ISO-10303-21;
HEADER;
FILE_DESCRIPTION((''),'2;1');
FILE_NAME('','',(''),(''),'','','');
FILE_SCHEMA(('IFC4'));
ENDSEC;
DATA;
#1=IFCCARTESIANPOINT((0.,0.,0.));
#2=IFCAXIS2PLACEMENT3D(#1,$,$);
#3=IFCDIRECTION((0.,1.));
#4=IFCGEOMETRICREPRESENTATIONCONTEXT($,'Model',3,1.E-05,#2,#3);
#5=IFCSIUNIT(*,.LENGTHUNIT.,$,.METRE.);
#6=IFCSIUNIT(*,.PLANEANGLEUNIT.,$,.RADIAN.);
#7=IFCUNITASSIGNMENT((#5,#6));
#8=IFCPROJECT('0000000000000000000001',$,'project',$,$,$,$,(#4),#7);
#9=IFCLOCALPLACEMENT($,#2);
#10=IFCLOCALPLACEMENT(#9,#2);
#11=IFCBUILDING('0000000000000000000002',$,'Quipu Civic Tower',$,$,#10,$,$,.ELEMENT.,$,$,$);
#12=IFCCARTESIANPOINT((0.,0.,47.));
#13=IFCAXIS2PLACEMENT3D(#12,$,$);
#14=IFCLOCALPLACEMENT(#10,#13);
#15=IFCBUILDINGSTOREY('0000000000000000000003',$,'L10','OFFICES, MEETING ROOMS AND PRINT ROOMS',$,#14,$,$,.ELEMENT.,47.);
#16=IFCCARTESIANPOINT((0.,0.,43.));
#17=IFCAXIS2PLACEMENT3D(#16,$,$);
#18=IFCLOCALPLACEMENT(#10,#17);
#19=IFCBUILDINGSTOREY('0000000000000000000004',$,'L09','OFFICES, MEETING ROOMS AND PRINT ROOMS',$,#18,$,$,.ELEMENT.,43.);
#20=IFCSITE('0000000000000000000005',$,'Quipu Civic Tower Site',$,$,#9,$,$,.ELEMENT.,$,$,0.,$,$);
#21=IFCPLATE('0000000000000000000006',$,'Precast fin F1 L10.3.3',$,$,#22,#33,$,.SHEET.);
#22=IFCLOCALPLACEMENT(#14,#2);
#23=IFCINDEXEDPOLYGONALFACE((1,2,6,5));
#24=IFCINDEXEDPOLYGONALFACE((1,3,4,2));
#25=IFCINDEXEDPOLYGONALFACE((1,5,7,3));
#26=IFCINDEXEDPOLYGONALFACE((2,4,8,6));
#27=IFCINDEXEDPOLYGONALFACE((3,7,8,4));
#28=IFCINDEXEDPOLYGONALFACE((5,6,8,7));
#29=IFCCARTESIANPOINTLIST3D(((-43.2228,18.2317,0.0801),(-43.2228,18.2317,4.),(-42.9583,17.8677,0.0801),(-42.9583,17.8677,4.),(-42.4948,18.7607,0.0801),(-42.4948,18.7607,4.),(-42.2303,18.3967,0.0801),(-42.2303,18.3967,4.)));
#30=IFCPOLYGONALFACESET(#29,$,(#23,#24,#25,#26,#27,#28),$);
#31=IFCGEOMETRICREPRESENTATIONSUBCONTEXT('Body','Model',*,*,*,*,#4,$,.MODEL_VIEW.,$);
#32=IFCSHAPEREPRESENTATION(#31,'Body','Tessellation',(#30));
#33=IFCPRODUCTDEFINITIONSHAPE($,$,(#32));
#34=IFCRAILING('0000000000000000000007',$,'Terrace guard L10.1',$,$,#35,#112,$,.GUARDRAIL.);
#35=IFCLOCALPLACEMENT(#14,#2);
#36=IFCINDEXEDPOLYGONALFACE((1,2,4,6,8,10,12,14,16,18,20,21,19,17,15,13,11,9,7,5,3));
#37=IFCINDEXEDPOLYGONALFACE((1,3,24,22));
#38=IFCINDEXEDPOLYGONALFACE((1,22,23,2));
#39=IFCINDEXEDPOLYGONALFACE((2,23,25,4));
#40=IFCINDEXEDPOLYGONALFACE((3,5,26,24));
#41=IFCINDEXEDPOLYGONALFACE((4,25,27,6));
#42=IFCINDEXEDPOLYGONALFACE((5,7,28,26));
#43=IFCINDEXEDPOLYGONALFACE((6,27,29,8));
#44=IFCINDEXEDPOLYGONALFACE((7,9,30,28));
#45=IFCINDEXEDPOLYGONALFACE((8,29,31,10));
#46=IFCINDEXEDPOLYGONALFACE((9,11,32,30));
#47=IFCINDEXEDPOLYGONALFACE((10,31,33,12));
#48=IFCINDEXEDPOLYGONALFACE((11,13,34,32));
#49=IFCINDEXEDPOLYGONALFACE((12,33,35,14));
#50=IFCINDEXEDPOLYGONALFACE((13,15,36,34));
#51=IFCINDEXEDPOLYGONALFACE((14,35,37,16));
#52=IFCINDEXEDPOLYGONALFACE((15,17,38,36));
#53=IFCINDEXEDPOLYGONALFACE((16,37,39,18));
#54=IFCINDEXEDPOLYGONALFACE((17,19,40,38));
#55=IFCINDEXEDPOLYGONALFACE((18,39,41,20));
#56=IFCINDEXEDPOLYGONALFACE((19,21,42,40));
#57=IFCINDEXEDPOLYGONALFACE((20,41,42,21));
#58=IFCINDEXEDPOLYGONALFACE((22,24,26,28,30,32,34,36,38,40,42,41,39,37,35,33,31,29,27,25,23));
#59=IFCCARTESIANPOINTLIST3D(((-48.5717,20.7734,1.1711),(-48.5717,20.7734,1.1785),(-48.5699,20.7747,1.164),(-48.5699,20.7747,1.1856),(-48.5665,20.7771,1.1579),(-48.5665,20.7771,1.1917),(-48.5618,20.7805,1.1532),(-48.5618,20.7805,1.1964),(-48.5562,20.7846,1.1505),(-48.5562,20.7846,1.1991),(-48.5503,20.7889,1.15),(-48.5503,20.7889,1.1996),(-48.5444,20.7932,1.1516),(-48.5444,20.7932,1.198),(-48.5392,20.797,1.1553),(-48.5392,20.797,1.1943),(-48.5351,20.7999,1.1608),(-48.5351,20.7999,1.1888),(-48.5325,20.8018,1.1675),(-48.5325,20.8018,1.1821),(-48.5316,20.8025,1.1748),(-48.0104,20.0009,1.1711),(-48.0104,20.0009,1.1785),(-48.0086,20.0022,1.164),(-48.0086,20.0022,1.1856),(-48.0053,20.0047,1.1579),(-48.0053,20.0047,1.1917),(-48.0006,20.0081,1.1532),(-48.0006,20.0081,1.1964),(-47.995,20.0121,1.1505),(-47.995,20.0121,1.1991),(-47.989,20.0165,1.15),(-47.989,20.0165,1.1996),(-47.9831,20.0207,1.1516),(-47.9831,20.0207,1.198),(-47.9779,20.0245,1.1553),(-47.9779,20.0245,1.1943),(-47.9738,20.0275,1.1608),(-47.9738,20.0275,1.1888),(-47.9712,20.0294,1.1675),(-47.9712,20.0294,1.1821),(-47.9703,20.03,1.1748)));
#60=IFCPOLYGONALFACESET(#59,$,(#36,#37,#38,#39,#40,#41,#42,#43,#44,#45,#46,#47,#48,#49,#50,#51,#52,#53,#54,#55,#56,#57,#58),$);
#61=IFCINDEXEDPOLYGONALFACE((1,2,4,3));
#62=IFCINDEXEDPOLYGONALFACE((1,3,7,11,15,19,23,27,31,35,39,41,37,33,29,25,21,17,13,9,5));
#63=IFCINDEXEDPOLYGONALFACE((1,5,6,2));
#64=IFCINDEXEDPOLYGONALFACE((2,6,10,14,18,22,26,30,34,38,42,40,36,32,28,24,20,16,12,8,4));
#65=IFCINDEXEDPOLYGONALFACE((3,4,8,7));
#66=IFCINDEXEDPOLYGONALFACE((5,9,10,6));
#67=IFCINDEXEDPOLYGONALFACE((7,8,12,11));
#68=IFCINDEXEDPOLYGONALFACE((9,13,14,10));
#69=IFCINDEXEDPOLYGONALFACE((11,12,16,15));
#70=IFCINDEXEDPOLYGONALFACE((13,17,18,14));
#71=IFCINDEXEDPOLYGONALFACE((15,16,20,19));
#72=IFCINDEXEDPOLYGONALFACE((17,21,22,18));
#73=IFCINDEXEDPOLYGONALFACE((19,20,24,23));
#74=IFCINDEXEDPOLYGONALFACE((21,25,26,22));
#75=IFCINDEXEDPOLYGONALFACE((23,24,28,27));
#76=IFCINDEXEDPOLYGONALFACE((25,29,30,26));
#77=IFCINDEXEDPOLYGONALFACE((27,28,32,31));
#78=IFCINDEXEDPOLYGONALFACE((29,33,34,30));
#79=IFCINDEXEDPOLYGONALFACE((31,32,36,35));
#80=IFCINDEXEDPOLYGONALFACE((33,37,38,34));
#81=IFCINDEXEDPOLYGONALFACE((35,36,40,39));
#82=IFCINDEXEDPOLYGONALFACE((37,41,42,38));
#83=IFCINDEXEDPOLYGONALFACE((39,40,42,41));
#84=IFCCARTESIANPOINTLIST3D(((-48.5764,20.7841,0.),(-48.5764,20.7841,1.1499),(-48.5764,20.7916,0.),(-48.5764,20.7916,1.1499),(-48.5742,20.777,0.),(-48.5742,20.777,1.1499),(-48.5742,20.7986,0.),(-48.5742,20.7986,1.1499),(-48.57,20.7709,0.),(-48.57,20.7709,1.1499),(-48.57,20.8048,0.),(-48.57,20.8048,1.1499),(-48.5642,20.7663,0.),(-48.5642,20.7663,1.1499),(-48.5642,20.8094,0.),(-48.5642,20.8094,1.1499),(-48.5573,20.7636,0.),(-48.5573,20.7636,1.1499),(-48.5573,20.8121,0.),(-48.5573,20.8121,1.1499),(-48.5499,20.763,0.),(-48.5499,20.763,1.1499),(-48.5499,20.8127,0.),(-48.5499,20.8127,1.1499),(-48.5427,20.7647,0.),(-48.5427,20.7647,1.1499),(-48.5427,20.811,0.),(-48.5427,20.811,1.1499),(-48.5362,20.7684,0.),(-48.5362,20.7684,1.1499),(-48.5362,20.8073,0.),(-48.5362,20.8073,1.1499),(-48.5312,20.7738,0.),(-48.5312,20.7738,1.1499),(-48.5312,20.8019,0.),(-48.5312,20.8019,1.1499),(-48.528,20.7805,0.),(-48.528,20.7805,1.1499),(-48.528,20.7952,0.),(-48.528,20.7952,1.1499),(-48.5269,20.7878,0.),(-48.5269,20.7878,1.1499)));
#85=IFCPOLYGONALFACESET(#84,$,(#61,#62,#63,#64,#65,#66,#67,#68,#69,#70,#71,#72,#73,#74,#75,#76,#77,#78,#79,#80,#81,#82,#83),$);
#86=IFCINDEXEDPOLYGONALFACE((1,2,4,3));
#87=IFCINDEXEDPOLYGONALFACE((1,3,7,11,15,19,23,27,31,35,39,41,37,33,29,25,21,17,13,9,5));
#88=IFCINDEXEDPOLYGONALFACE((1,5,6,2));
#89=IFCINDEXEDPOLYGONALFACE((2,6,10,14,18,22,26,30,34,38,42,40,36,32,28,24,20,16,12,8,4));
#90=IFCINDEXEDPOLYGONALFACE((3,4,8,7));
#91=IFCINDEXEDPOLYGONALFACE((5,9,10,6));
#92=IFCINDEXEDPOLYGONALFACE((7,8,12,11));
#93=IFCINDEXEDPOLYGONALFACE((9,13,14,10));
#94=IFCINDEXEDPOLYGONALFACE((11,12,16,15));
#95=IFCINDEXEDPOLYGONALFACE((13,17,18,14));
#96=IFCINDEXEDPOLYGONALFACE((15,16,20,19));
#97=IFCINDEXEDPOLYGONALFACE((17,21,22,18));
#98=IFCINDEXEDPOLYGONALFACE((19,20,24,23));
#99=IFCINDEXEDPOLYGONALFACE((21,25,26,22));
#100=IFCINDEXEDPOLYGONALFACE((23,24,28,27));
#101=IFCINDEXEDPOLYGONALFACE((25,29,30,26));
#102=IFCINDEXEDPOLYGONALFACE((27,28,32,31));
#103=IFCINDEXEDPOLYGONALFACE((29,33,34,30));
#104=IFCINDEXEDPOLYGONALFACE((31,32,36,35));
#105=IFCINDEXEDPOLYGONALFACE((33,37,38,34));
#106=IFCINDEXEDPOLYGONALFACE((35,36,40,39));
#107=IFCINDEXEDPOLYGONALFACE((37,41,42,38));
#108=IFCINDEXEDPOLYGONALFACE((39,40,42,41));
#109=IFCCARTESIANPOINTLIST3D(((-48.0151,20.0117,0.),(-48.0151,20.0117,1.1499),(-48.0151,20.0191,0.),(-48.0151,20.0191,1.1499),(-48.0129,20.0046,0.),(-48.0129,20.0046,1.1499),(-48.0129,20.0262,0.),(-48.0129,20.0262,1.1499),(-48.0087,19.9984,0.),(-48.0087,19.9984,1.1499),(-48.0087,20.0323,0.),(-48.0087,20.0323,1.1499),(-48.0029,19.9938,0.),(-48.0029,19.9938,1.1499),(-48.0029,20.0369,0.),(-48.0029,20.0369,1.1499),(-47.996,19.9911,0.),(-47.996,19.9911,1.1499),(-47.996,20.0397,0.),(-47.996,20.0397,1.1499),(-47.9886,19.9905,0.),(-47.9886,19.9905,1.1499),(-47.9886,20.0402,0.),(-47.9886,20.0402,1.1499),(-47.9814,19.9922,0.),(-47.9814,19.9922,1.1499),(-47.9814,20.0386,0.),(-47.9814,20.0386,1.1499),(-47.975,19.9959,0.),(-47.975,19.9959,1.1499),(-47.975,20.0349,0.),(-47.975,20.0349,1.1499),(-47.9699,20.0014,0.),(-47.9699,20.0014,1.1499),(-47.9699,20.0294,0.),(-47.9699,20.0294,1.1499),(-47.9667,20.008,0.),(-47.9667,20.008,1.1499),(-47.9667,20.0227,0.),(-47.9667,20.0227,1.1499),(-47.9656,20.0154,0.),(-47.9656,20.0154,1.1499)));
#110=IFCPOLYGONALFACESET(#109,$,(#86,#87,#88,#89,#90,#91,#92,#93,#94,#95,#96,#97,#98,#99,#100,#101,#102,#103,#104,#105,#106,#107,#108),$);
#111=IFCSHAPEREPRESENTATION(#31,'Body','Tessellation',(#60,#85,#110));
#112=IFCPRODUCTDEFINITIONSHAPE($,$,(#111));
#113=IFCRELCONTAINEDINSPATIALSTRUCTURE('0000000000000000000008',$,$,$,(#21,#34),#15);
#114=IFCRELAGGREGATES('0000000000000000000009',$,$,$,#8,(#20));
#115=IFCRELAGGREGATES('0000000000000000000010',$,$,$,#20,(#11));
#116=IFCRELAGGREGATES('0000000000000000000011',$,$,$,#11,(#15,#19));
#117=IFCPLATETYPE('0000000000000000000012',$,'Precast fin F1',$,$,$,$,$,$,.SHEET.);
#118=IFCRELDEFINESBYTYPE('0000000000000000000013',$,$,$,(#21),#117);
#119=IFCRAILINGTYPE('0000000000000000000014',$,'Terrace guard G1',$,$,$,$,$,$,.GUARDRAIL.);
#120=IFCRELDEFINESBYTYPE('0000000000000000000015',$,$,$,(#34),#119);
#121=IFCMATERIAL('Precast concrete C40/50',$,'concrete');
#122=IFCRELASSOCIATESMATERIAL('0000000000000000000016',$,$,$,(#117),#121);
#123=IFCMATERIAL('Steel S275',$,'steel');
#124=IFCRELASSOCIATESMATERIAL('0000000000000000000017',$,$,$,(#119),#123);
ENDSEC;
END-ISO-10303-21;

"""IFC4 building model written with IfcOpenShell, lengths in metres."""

from ifc_helpers import new_model, si_unit, direction, frame, origin, origin_2d, place, context, subcontext, project, spatial, rectangle, circle, extrude, material, type_object, element, save


model = new_model("IFC4")

# Units and contexts
model_context = context("Model", 3, precision=1e-05, world=origin(), true_north=direction((0.0, 1.0)))
body_context = subcontext(model_context, "Body", "Model", "MODEL_VIEW")
ifc_project = project(units=[si_unit("LENGTHUNIT", "METRE"), si_unit("PLANEANGLEUNIT", "RADIAN")], contexts=[model_context])

# Site, building, storey
site_placement = place(None, origin())
site = spatial("IfcSite", under=ifc_project, at=site_placement, Name="Quipu Civic Tower Site", CompositionType="ELEMENT", RefElevation=0.0)
building_placement = place(site_placement, origin())
building = spatial("IfcBuilding", under=site, at=building_placement, Name="Quipu Civic Tower", CompositionType="ELEMENT")
storey_1_placement = place(building_placement, frame((0.0, 0.0, 47.0)))
storey_1 = spatial("IfcBuildingStorey", under=building, at=storey_1_placement, Name="L10", Description="OFFICES, MEETING ROOMS AND PRINT ROOMS", CompositionType="ELEMENT", Elevation=47.0)

# Shared definitions
storey_2_placement = place(building_placement, frame((0.0, 0.0, 43.0)))
storey_2 = spatial("IfcBuildingStorey", under=building, at=storey_2_placement, Name="L09", Description="OFFICES, MEETING ROOMS AND PRINT ROOMS", CompositionType="ELEMENT", Elevation=43.0)

# Plate
ifc_material_1 = material(Name="Precast concrete C40/50", Category="concrete")
plate_type_1 = type_object("IfcPlateType", Name="Precast fin F1", PredefinedType="SHEET", material=ifc_material_1)
for number, where, z_axis, x_axis, name in (
    (1, (-42.7266, 18.3142, 0.0801), (0.0, 0.0, 1.0), (0.587784, -0.809018, 0.0), "Precast fin F1 L10.3.3"),
):
    element("IfcPlate", number, at=place(storey_1_placement, frame(where, z_axis=z_axis, x_axis=x_axis)), inside=storey_1, type_object=plate_type_1, Name=name, PredefinedType="SHEET", context=body_context, shape_type="SweptSolid", body=[
        extrude(rectangle(XDim=0.45, YDim=0.8999, at=origin_2d()), origin(), (0.0, 0.0, 1.0), 3.9199),
    ])

# Railing
ifc_material_2 = material(Name="Steel S275", Category="steel")
railing_type = type_object("IfcRailingType", Name="Terrace guard G1", PredefinedType="GUARDRAIL", material=ifc_material_2)
railing_1_placement = place(storey_1_placement, frame((-48.5518, 20.7878, 0.0)))
element("IfcRailing", 2, at=railing_1_placement, inside=storey_1, type_object=railing_type, Name="Terrace guard L10.1", PredefinedType="GUARDRAIL", context=body_context, shape_type="SweptSolid", body=[
    extrude(circle(Radius=0.0249, at=origin_2d()), frame((0.0, 0.0, 1.1748), z_axis=(0.587822, -0.80899, 0.0), x_axis=(0.80899, 0.587822, 0.0)), (0.0, 0.0, 1.0), 0.9548),
    extrude(circle(Radius=0.0249, at=origin_2d()), origin(), (0.0, 0.0, 1.0), 1.1499),
    extrude(circle(Radius=0.0249, at=origin_2d()), frame((0.5613, -0.7725, 0.0)), (0.0, 0.0, 1.0), 1.1499),
])

save(model, "model.ifc")
